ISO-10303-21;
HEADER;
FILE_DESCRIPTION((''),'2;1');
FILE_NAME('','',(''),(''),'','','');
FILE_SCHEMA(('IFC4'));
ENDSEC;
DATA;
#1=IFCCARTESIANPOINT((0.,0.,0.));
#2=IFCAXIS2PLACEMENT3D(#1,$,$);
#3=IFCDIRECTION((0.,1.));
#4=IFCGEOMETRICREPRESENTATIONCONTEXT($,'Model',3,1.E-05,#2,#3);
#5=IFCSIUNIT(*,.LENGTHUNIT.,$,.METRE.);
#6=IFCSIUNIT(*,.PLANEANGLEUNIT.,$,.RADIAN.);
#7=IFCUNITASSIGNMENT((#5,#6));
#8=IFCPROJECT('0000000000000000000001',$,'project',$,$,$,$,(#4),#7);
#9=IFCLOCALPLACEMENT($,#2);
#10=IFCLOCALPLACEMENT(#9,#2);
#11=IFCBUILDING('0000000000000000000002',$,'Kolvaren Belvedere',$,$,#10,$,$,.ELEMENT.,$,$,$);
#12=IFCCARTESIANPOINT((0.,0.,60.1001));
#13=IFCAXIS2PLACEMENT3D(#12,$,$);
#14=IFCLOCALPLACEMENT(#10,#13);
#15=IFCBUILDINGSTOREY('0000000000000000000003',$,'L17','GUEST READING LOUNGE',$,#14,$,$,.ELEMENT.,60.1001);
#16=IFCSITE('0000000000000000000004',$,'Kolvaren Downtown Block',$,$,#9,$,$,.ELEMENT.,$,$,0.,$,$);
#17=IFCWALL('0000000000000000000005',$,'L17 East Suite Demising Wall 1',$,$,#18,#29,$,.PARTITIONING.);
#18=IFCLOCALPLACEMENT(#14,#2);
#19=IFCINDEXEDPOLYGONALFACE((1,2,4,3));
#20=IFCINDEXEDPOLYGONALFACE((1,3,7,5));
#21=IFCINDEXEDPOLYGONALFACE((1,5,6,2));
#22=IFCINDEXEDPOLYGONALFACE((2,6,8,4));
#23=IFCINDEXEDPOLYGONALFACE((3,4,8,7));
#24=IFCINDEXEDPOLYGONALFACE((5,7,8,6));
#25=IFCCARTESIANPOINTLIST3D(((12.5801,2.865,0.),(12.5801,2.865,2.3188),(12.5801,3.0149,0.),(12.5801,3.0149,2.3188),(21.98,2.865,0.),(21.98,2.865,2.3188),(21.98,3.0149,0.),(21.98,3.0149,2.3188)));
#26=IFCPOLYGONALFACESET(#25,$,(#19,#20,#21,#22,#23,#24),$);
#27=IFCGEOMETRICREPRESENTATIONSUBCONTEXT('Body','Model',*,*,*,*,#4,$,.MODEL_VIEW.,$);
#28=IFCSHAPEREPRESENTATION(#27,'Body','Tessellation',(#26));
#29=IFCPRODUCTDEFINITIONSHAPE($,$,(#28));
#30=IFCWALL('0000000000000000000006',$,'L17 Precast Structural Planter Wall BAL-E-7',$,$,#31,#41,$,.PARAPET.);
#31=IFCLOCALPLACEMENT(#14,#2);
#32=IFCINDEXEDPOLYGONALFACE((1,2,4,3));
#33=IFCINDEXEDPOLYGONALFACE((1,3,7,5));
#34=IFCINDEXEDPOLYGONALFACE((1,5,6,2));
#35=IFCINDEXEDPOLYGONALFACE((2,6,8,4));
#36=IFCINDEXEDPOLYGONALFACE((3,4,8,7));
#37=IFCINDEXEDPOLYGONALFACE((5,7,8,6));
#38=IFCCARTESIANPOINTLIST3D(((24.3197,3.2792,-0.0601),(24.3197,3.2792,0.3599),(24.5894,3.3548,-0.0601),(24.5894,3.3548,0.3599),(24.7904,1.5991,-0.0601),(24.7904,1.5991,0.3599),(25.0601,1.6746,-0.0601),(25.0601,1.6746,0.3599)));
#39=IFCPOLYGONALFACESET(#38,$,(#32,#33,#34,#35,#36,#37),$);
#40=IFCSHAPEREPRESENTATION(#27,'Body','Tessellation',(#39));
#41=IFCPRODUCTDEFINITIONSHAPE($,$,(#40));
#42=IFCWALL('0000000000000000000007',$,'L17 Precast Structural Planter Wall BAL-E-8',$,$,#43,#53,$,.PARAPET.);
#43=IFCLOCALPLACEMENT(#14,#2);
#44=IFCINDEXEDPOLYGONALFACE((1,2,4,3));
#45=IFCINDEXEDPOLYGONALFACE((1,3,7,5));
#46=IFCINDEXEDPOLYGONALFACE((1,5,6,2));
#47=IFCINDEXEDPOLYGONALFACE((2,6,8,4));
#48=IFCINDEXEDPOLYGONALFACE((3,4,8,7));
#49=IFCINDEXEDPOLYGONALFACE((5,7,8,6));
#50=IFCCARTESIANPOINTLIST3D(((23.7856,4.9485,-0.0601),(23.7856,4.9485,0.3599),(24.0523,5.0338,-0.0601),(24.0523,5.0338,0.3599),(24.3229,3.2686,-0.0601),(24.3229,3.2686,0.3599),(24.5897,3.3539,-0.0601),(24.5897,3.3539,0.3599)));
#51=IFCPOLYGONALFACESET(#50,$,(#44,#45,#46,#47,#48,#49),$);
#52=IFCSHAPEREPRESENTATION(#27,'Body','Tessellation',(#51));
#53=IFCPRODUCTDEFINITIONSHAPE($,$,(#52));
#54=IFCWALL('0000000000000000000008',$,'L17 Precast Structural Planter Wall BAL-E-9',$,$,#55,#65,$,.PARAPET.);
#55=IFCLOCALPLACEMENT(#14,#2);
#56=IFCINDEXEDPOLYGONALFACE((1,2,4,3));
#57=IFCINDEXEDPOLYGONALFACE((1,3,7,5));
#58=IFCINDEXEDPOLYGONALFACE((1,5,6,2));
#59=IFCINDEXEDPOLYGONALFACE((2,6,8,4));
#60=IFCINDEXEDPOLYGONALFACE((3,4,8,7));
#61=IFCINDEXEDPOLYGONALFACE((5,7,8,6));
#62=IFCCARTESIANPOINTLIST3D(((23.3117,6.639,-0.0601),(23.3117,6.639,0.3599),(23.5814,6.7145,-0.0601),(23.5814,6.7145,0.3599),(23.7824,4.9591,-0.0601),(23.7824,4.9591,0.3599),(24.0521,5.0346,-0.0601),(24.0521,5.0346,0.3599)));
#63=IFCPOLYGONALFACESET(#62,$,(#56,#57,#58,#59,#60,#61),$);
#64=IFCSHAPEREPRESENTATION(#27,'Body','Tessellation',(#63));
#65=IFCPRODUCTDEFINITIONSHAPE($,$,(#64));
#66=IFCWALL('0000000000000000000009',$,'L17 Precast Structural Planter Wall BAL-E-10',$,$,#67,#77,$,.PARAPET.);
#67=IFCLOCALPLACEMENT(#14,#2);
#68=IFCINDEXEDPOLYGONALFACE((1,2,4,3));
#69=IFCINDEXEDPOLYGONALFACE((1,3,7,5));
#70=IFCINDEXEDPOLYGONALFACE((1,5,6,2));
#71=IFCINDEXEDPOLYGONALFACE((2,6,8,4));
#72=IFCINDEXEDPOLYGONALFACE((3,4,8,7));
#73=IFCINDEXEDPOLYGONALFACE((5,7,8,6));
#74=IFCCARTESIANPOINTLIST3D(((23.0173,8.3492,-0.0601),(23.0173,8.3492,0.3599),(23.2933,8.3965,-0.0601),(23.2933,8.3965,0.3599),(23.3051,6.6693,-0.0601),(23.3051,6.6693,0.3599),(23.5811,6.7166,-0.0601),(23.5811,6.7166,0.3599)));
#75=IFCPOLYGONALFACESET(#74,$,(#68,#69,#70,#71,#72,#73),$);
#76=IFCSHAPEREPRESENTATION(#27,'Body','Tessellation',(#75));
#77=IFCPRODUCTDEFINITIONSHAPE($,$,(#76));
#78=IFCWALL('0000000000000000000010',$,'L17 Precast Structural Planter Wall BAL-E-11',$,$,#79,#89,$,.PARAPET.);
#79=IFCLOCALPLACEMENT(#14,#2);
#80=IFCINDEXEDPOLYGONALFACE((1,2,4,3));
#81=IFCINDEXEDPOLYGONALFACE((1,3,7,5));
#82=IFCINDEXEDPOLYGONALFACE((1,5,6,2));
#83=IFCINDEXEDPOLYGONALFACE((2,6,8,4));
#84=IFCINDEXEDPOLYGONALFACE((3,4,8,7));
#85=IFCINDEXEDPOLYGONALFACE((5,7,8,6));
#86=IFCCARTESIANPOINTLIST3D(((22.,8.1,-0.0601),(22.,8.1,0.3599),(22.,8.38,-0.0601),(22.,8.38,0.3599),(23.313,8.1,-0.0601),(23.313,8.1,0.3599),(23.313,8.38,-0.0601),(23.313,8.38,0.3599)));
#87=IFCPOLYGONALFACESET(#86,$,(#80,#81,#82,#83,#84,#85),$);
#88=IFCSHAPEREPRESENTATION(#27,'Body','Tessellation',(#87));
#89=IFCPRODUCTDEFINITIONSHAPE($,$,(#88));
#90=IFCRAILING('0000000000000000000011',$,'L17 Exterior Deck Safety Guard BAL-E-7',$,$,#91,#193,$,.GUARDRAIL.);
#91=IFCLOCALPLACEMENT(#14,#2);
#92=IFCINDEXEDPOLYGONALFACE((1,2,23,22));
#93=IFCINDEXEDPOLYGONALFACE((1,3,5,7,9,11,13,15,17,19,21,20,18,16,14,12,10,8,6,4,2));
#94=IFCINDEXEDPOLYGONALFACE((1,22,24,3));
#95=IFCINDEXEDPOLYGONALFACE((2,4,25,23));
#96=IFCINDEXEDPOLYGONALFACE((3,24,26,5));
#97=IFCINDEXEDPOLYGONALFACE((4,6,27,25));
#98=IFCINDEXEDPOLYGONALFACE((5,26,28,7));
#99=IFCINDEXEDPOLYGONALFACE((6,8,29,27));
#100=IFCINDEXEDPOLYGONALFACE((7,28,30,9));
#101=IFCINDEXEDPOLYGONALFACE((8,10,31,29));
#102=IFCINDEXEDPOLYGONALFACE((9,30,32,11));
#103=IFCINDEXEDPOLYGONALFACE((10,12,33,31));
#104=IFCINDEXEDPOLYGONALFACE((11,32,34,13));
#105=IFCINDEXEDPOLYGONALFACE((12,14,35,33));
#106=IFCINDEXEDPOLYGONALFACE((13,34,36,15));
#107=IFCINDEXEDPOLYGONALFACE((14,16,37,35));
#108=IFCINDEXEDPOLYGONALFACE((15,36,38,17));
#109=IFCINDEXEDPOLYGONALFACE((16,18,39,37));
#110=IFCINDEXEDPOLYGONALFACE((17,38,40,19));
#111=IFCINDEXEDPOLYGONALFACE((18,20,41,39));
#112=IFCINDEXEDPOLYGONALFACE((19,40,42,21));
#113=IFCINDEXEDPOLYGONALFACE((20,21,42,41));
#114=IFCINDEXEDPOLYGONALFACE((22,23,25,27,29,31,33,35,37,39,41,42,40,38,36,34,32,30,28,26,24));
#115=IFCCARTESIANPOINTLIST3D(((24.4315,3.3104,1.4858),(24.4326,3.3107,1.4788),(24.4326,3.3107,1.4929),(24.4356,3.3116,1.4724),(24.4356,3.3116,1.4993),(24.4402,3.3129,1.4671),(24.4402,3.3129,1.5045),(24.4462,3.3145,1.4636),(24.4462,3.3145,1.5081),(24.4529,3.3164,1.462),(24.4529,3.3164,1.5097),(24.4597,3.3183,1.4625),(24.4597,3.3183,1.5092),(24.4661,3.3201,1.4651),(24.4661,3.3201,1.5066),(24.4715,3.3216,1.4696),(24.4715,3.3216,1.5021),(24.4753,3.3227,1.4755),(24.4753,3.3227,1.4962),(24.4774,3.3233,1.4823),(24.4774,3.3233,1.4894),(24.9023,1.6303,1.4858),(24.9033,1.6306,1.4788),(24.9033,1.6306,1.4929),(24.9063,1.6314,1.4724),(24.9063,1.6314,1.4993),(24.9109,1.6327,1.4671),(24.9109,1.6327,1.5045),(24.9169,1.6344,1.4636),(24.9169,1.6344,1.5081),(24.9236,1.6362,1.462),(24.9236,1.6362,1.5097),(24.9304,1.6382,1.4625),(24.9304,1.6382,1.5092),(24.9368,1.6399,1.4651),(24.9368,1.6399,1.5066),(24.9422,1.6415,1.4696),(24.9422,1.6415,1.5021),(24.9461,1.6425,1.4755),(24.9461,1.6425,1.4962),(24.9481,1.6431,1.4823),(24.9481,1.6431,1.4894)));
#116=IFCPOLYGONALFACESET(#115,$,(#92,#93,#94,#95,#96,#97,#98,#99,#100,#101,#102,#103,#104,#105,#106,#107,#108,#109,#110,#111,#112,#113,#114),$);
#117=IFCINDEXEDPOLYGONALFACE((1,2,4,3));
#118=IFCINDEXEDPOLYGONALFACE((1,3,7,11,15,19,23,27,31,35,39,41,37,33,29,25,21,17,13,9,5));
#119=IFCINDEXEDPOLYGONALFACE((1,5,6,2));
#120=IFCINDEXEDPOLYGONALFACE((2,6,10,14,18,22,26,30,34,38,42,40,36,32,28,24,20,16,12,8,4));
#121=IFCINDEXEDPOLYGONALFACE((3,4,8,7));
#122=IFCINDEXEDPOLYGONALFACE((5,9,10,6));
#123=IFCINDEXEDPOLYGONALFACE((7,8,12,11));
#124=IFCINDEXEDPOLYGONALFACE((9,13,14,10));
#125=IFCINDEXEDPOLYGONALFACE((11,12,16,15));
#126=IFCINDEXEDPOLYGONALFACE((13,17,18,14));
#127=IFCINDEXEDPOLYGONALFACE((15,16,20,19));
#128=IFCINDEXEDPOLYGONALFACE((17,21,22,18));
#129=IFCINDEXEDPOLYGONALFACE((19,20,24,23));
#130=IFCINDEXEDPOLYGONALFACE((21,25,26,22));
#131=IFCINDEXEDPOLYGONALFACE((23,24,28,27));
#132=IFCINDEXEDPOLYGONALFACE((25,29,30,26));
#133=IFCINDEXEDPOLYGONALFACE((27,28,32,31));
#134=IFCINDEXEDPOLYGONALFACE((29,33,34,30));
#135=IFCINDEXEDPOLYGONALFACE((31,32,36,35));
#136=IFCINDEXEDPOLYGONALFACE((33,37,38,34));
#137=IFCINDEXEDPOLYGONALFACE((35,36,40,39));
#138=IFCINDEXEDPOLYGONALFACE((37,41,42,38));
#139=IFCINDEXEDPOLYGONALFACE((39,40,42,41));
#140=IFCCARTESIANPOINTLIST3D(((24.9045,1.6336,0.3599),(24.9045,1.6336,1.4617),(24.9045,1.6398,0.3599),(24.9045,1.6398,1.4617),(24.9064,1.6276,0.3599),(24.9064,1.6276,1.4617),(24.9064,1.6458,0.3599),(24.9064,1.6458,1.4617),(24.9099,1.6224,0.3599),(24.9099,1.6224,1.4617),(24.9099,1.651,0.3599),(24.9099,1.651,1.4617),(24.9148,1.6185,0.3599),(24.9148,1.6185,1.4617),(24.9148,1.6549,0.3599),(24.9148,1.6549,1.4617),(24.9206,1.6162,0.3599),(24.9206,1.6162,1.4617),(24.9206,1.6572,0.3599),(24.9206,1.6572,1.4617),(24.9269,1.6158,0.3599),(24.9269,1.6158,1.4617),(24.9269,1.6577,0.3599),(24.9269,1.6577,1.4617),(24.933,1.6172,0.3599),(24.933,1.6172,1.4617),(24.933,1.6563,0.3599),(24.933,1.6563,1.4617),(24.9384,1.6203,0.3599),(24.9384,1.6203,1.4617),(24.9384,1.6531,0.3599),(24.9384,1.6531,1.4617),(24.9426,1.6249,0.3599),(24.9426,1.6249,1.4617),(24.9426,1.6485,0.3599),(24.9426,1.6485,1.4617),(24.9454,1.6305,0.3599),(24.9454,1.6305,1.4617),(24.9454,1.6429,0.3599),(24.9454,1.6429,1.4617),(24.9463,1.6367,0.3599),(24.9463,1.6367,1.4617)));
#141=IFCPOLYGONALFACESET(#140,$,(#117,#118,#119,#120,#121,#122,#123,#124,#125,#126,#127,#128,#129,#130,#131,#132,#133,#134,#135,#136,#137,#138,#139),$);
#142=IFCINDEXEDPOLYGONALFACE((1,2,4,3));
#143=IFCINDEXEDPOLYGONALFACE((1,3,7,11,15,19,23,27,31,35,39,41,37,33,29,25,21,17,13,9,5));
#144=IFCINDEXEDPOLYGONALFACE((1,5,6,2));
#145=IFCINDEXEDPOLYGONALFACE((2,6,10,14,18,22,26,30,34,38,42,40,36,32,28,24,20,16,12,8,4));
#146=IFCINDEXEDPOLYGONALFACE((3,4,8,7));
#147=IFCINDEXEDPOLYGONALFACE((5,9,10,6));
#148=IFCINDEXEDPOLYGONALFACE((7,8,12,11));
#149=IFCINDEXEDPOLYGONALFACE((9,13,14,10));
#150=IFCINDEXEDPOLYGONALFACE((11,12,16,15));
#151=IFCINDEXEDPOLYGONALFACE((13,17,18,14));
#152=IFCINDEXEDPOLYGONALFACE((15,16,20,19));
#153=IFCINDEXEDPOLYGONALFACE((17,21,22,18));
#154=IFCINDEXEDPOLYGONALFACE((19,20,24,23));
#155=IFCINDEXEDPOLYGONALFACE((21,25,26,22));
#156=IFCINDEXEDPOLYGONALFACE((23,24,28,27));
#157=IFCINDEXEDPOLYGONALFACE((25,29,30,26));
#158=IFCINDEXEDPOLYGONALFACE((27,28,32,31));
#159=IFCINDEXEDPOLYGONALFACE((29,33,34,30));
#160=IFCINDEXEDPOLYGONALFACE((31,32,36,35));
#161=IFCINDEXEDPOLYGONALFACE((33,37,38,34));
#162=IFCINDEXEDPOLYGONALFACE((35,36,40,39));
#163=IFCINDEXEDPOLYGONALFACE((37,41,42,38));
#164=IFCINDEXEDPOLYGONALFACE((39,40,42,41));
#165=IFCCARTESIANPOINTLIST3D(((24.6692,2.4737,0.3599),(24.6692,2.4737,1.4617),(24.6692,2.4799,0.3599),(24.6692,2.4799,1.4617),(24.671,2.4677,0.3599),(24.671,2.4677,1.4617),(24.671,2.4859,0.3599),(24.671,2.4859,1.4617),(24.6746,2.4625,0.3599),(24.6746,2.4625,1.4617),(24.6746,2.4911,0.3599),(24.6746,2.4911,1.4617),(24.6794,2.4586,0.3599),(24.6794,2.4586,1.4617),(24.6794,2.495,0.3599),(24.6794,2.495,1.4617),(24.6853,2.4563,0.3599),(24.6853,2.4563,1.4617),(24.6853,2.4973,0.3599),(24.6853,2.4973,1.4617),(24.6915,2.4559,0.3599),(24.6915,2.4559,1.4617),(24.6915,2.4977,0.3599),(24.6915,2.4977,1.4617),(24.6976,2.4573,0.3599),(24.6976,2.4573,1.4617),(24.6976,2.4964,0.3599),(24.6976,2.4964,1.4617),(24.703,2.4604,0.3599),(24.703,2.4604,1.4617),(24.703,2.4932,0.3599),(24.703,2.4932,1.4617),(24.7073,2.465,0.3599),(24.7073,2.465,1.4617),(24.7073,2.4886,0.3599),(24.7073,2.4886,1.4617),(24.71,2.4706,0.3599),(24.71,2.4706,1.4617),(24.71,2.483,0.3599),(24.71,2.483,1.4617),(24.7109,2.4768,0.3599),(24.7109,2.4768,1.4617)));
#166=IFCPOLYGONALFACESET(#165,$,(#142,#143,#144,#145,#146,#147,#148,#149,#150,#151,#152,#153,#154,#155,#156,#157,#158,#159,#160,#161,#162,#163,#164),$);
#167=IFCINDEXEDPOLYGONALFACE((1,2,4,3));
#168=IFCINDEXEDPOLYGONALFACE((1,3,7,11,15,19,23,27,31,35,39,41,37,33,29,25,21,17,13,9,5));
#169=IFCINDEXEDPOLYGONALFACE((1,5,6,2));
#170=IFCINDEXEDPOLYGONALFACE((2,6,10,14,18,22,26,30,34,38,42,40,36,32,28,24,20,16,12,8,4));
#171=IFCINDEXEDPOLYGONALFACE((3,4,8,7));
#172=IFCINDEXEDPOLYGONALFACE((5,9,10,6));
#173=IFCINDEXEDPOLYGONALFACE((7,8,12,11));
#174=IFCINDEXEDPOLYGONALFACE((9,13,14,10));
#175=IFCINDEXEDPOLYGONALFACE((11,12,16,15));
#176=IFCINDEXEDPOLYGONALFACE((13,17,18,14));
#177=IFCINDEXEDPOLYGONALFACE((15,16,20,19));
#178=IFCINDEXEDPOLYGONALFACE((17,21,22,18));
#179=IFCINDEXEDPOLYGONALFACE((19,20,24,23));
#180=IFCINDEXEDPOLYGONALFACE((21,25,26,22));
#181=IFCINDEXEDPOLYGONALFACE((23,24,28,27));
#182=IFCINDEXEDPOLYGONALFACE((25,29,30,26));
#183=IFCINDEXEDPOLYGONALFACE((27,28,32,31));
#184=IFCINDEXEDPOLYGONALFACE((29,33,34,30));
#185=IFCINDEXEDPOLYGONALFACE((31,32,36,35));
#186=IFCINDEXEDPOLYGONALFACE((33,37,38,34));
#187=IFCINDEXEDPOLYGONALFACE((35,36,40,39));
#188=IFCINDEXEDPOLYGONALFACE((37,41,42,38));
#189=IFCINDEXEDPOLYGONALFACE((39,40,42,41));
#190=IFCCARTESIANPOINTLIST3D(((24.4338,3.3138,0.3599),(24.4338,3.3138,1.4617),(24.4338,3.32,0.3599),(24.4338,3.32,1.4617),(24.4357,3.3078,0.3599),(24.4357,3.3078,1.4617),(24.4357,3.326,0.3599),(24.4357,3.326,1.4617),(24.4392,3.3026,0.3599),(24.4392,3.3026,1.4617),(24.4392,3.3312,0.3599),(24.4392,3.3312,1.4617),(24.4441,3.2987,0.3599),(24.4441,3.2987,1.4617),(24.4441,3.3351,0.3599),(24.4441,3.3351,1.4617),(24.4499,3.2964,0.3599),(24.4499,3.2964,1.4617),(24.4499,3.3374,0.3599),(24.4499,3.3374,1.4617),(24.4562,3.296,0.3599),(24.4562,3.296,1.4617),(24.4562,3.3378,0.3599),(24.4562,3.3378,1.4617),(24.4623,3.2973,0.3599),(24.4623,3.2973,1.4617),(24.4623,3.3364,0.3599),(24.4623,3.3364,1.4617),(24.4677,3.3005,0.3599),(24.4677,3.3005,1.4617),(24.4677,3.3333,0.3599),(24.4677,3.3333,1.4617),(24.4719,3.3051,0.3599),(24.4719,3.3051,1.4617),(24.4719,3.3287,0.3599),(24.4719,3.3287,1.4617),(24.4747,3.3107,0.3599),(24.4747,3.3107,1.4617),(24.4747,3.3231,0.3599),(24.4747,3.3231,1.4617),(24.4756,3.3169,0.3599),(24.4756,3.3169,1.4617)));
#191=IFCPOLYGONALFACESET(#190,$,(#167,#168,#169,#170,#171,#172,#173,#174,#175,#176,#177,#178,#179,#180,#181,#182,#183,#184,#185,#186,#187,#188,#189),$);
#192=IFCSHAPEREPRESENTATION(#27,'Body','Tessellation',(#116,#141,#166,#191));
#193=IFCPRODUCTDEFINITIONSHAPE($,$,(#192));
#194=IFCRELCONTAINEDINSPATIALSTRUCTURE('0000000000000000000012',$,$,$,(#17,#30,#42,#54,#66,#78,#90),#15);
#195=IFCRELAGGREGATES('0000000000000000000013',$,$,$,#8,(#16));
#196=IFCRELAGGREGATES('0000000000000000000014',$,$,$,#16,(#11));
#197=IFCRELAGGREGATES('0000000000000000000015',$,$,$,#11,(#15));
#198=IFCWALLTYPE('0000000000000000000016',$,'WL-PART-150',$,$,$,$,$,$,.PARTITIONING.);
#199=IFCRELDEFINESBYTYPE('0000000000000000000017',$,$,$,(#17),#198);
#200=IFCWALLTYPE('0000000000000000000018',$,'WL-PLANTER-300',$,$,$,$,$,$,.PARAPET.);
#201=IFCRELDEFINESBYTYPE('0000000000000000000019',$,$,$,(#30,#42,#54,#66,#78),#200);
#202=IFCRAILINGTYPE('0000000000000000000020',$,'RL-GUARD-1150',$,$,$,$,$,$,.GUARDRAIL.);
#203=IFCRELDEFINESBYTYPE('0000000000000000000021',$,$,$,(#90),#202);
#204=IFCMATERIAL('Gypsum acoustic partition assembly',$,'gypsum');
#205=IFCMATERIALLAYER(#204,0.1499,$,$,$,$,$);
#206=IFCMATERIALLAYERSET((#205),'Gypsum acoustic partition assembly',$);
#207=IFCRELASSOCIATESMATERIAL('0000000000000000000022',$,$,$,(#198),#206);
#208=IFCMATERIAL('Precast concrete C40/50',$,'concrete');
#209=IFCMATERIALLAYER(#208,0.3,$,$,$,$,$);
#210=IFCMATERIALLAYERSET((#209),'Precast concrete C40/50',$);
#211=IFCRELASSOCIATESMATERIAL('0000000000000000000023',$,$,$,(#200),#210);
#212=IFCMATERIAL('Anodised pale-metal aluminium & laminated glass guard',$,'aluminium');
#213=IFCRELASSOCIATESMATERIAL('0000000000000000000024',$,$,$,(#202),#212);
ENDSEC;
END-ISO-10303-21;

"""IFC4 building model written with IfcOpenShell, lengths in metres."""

from ifc_helpers import new_model, si_unit, direction, frame, frame_2d, origin, origin_2d, place, context, subcontext, project, spatial, rectangle, circle, extrude, material, layer, layer_set, type_object, element, save


model = new_model("IFC4")

# Units and contexts
model_context = context("Model", 3, precision=1e-05, world=origin(), true_north=direction((0.0, 1.0)))
body_context = subcontext(model_context, "Body", "Model", "MODEL_VIEW")
ifc_project = project(units=[si_unit("LENGTHUNIT", "METRE"), si_unit("PLANEANGLEUNIT", "RADIAN")], contexts=[model_context])

# Site, building, storey
site_placement = place(None, origin())
site = spatial("IfcSite", under=ifc_project, at=site_placement, Name="Kolvaren Downtown Block", CompositionType="ELEMENT", RefElevation=0.0)
building_placement = place(site_placement, origin())
building = spatial("IfcBuilding", under=site, at=building_placement, Name="Kolvaren Belvedere", CompositionType="ELEMENT")
storey_placement = place(building_placement, frame((0.0, 0.0, 60.1001)))
storey = spatial("IfcBuildingStorey", under=building, at=storey_placement, Name="L17", Description="GUEST READING LOUNGE", CompositionType="ELEMENT", Elevation=60.1001)

# Walls
ifc_material_1 = material(Name="Gypsum acoustic partition assembly", Category="gypsum")
ifc_layer_1 = layer(ifc_material_1, 0.1499)
ifc_layer_set_1 = layer_set([ifc_layer_1], Name="Gypsum acoustic partition assembly")
wall_type_1 = type_object("IfcWallType", Name="WL-PART-150", PredefinedType="PARTITIONING", material=ifc_layer_set_1)
wall_1_placement = place(storey_placement, frame((12.5801, 2.9399, 0.0), z_axis=(0.0, 0.0, 1.0), x_axis=(1.0, 0.0, 0.0)))
element("IfcWall", 1, at=wall_1_placement, inside=storey, type_object=wall_type_1, Name="L17 East Suite Demising Wall 1", PredefinedType="PARTITIONING", context=body_context, shape_type="SweptSolid", body=[
    extrude(rectangle(XDim=9.3999, YDim=0.1499, at=frame_2d((4.7, 0.0))), origin(), (0.0, 0.0, 1.0), 2.3188),
])
ifc_material_2 = material(Name="Precast concrete C40/50", Category="concrete")
ifc_layer_2 = layer(ifc_material_2, 0.3)
ifc_layer_set_2 = layer_set([ifc_layer_2], Name="Precast concrete C40/50")
wall_type_2 = type_object("IfcWallType", Name="WL-PLANTER-300", PredefinedType="PARAPET", material=ifc_layer_set_2)
wall_2_placement = place(storey_placement, frame((24.9253, 1.6367, -0.0601), z_axis=(0.0, 0.0, 1.0), x_axis=(-0.269765, 0.962926, 0.0)))
element("IfcWall", 2, at=wall_2_placement, inside=storey, type_object=wall_type_2, Name="L17 Precast Structural Planter Wall BAL-E-7", PredefinedType="PARAPET", context=body_context, shape_type="SweptSolid", body=[
    extrude(rectangle(XDim=1.7449, YDim=0.28, at=frame_2d((0.8726, 0.0))), origin(), (0.0, 0.0, 1.0), 0.4199),
])
wall_3_placement = place(storey_placement, frame((24.4563, 3.3113, -0.0601), z_axis=(0.0, 0.0, 1.0), x_axis=(-0.30466, 0.952461, 0.0)))
element("IfcWall", 3, at=wall_3_placement, inside=storey, type_object=wall_type_2, Name="L17 Precast Structural Planter Wall BAL-E-8", PredefinedType="PARAPET", context=body_context, shape_type="SweptSolid", body=[
    extrude(rectangle(XDim=1.7637, YDim=0.28, at=frame_2d((0.8818, 0.0))), origin(), (0.0, 0.0, 1.0), 0.4199),
])
wall_4_placement = place(storey_placement, frame((23.9172, 4.9968, -0.0601), z_axis=(0.0, 0.0, 1.0), x_axis=(-0.269801, 0.962916, 0.0)))
element("IfcWall", 4, at=wall_4_placement, inside=storey, type_object=wall_type_2, Name="L17 Precast Structural Planter Wall BAL-E-9", PredefinedType="PARAPET", context=body_context, shape_type="SweptSolid", body=[
    extrude(rectangle(XDim=1.7446, YDim=0.28, at=frame_2d((0.8723, 0.0))), origin(), (0.0, 0.0, 1.0), 0.4199),
])
wall_5_placement = place(storey_placement, frame((23.4431, 6.6931, -0.0601), z_axis=(0.0, 0.0, 1.0), x_axis=(-0.16888, 0.985637, 0.0)))
element("IfcWall", 5, at=wall_5_placement, inside=storey, type_object=wall_type_2, Name="L17 Precast Structural Planter Wall BAL-E-10", PredefinedType="PARAPET", context=body_context, shape_type="SweptSolid", body=[
    extrude(rectangle(XDim=1.7043, YDim=0.28, at=frame_2d((0.8521, 0.0))), origin(), (0.0, 0.0, 1.0), 0.4199),
])
wall_6_placement = place(storey_placement, frame((23.313, 8.24, -0.0601), z_axis=(0.0, 0.0, 1.0), x_axis=(-1.0, 0.0, 0.0)))
element("IfcWall", 6, at=wall_6_placement, inside=storey, type_object=wall_type_2, Name="L17 Precast Structural Planter Wall BAL-E-11", PredefinedType="PARAPET", context=body_context, shape_type="SweptSolid", body=[
    extrude(rectangle(XDim=1.313, YDim=0.28, at=frame_2d((0.6565, 0.0))), origin(), (0.0, 0.0, 1.0), 0.4199),
])

# Railing
ifc_material_3 = material(Name="Anodised pale-metal aluminium & laminated glass guard", Category="aluminium")
railing_type = type_object("IfcRailingType", Name="RL-GUARD-1150", PredefinedType="GUARDRAIL", material=ifc_material_3)
railing_1_placement = place(storey_placement, frame((24.9253, 1.6367, 0.3599)))
element("IfcRailing", 7, at=railing_1_placement, inside=storey, type_object=railing_type, Name="L17 Exterior Deck Safety Guard BAL-E-7", PredefinedType="GUARDRAIL", context=body_context, shape_type="SweptSolid", body=[
    extrude(circle(Radius=0.0239, at=origin_2d()), frame((0.0, 0.0, 1.126), z_axis=(-0.269765, 0.962926, 0.0), x_axis=(-0.962926, -0.269765, 0.0)), (0.0, 0.0, 1.0), 1.7449),
    extrude(circle(Radius=0.021, at=origin_2d()), origin(), (0.0, 0.0, 1.0), 1.1018),
    extrude(circle(Radius=0.021, at=origin_2d()), frame((-0.2354, 0.8401, 0.0)), (0.0, 0.0, 1.0), 1.1018),
    extrude(circle(Radius=0.021, at=origin_2d()), frame((-0.4707, 1.6802, 0.0)), (0.0, 0.0, 1.0), 1.1018),
])

save(model, "model.ifc")
